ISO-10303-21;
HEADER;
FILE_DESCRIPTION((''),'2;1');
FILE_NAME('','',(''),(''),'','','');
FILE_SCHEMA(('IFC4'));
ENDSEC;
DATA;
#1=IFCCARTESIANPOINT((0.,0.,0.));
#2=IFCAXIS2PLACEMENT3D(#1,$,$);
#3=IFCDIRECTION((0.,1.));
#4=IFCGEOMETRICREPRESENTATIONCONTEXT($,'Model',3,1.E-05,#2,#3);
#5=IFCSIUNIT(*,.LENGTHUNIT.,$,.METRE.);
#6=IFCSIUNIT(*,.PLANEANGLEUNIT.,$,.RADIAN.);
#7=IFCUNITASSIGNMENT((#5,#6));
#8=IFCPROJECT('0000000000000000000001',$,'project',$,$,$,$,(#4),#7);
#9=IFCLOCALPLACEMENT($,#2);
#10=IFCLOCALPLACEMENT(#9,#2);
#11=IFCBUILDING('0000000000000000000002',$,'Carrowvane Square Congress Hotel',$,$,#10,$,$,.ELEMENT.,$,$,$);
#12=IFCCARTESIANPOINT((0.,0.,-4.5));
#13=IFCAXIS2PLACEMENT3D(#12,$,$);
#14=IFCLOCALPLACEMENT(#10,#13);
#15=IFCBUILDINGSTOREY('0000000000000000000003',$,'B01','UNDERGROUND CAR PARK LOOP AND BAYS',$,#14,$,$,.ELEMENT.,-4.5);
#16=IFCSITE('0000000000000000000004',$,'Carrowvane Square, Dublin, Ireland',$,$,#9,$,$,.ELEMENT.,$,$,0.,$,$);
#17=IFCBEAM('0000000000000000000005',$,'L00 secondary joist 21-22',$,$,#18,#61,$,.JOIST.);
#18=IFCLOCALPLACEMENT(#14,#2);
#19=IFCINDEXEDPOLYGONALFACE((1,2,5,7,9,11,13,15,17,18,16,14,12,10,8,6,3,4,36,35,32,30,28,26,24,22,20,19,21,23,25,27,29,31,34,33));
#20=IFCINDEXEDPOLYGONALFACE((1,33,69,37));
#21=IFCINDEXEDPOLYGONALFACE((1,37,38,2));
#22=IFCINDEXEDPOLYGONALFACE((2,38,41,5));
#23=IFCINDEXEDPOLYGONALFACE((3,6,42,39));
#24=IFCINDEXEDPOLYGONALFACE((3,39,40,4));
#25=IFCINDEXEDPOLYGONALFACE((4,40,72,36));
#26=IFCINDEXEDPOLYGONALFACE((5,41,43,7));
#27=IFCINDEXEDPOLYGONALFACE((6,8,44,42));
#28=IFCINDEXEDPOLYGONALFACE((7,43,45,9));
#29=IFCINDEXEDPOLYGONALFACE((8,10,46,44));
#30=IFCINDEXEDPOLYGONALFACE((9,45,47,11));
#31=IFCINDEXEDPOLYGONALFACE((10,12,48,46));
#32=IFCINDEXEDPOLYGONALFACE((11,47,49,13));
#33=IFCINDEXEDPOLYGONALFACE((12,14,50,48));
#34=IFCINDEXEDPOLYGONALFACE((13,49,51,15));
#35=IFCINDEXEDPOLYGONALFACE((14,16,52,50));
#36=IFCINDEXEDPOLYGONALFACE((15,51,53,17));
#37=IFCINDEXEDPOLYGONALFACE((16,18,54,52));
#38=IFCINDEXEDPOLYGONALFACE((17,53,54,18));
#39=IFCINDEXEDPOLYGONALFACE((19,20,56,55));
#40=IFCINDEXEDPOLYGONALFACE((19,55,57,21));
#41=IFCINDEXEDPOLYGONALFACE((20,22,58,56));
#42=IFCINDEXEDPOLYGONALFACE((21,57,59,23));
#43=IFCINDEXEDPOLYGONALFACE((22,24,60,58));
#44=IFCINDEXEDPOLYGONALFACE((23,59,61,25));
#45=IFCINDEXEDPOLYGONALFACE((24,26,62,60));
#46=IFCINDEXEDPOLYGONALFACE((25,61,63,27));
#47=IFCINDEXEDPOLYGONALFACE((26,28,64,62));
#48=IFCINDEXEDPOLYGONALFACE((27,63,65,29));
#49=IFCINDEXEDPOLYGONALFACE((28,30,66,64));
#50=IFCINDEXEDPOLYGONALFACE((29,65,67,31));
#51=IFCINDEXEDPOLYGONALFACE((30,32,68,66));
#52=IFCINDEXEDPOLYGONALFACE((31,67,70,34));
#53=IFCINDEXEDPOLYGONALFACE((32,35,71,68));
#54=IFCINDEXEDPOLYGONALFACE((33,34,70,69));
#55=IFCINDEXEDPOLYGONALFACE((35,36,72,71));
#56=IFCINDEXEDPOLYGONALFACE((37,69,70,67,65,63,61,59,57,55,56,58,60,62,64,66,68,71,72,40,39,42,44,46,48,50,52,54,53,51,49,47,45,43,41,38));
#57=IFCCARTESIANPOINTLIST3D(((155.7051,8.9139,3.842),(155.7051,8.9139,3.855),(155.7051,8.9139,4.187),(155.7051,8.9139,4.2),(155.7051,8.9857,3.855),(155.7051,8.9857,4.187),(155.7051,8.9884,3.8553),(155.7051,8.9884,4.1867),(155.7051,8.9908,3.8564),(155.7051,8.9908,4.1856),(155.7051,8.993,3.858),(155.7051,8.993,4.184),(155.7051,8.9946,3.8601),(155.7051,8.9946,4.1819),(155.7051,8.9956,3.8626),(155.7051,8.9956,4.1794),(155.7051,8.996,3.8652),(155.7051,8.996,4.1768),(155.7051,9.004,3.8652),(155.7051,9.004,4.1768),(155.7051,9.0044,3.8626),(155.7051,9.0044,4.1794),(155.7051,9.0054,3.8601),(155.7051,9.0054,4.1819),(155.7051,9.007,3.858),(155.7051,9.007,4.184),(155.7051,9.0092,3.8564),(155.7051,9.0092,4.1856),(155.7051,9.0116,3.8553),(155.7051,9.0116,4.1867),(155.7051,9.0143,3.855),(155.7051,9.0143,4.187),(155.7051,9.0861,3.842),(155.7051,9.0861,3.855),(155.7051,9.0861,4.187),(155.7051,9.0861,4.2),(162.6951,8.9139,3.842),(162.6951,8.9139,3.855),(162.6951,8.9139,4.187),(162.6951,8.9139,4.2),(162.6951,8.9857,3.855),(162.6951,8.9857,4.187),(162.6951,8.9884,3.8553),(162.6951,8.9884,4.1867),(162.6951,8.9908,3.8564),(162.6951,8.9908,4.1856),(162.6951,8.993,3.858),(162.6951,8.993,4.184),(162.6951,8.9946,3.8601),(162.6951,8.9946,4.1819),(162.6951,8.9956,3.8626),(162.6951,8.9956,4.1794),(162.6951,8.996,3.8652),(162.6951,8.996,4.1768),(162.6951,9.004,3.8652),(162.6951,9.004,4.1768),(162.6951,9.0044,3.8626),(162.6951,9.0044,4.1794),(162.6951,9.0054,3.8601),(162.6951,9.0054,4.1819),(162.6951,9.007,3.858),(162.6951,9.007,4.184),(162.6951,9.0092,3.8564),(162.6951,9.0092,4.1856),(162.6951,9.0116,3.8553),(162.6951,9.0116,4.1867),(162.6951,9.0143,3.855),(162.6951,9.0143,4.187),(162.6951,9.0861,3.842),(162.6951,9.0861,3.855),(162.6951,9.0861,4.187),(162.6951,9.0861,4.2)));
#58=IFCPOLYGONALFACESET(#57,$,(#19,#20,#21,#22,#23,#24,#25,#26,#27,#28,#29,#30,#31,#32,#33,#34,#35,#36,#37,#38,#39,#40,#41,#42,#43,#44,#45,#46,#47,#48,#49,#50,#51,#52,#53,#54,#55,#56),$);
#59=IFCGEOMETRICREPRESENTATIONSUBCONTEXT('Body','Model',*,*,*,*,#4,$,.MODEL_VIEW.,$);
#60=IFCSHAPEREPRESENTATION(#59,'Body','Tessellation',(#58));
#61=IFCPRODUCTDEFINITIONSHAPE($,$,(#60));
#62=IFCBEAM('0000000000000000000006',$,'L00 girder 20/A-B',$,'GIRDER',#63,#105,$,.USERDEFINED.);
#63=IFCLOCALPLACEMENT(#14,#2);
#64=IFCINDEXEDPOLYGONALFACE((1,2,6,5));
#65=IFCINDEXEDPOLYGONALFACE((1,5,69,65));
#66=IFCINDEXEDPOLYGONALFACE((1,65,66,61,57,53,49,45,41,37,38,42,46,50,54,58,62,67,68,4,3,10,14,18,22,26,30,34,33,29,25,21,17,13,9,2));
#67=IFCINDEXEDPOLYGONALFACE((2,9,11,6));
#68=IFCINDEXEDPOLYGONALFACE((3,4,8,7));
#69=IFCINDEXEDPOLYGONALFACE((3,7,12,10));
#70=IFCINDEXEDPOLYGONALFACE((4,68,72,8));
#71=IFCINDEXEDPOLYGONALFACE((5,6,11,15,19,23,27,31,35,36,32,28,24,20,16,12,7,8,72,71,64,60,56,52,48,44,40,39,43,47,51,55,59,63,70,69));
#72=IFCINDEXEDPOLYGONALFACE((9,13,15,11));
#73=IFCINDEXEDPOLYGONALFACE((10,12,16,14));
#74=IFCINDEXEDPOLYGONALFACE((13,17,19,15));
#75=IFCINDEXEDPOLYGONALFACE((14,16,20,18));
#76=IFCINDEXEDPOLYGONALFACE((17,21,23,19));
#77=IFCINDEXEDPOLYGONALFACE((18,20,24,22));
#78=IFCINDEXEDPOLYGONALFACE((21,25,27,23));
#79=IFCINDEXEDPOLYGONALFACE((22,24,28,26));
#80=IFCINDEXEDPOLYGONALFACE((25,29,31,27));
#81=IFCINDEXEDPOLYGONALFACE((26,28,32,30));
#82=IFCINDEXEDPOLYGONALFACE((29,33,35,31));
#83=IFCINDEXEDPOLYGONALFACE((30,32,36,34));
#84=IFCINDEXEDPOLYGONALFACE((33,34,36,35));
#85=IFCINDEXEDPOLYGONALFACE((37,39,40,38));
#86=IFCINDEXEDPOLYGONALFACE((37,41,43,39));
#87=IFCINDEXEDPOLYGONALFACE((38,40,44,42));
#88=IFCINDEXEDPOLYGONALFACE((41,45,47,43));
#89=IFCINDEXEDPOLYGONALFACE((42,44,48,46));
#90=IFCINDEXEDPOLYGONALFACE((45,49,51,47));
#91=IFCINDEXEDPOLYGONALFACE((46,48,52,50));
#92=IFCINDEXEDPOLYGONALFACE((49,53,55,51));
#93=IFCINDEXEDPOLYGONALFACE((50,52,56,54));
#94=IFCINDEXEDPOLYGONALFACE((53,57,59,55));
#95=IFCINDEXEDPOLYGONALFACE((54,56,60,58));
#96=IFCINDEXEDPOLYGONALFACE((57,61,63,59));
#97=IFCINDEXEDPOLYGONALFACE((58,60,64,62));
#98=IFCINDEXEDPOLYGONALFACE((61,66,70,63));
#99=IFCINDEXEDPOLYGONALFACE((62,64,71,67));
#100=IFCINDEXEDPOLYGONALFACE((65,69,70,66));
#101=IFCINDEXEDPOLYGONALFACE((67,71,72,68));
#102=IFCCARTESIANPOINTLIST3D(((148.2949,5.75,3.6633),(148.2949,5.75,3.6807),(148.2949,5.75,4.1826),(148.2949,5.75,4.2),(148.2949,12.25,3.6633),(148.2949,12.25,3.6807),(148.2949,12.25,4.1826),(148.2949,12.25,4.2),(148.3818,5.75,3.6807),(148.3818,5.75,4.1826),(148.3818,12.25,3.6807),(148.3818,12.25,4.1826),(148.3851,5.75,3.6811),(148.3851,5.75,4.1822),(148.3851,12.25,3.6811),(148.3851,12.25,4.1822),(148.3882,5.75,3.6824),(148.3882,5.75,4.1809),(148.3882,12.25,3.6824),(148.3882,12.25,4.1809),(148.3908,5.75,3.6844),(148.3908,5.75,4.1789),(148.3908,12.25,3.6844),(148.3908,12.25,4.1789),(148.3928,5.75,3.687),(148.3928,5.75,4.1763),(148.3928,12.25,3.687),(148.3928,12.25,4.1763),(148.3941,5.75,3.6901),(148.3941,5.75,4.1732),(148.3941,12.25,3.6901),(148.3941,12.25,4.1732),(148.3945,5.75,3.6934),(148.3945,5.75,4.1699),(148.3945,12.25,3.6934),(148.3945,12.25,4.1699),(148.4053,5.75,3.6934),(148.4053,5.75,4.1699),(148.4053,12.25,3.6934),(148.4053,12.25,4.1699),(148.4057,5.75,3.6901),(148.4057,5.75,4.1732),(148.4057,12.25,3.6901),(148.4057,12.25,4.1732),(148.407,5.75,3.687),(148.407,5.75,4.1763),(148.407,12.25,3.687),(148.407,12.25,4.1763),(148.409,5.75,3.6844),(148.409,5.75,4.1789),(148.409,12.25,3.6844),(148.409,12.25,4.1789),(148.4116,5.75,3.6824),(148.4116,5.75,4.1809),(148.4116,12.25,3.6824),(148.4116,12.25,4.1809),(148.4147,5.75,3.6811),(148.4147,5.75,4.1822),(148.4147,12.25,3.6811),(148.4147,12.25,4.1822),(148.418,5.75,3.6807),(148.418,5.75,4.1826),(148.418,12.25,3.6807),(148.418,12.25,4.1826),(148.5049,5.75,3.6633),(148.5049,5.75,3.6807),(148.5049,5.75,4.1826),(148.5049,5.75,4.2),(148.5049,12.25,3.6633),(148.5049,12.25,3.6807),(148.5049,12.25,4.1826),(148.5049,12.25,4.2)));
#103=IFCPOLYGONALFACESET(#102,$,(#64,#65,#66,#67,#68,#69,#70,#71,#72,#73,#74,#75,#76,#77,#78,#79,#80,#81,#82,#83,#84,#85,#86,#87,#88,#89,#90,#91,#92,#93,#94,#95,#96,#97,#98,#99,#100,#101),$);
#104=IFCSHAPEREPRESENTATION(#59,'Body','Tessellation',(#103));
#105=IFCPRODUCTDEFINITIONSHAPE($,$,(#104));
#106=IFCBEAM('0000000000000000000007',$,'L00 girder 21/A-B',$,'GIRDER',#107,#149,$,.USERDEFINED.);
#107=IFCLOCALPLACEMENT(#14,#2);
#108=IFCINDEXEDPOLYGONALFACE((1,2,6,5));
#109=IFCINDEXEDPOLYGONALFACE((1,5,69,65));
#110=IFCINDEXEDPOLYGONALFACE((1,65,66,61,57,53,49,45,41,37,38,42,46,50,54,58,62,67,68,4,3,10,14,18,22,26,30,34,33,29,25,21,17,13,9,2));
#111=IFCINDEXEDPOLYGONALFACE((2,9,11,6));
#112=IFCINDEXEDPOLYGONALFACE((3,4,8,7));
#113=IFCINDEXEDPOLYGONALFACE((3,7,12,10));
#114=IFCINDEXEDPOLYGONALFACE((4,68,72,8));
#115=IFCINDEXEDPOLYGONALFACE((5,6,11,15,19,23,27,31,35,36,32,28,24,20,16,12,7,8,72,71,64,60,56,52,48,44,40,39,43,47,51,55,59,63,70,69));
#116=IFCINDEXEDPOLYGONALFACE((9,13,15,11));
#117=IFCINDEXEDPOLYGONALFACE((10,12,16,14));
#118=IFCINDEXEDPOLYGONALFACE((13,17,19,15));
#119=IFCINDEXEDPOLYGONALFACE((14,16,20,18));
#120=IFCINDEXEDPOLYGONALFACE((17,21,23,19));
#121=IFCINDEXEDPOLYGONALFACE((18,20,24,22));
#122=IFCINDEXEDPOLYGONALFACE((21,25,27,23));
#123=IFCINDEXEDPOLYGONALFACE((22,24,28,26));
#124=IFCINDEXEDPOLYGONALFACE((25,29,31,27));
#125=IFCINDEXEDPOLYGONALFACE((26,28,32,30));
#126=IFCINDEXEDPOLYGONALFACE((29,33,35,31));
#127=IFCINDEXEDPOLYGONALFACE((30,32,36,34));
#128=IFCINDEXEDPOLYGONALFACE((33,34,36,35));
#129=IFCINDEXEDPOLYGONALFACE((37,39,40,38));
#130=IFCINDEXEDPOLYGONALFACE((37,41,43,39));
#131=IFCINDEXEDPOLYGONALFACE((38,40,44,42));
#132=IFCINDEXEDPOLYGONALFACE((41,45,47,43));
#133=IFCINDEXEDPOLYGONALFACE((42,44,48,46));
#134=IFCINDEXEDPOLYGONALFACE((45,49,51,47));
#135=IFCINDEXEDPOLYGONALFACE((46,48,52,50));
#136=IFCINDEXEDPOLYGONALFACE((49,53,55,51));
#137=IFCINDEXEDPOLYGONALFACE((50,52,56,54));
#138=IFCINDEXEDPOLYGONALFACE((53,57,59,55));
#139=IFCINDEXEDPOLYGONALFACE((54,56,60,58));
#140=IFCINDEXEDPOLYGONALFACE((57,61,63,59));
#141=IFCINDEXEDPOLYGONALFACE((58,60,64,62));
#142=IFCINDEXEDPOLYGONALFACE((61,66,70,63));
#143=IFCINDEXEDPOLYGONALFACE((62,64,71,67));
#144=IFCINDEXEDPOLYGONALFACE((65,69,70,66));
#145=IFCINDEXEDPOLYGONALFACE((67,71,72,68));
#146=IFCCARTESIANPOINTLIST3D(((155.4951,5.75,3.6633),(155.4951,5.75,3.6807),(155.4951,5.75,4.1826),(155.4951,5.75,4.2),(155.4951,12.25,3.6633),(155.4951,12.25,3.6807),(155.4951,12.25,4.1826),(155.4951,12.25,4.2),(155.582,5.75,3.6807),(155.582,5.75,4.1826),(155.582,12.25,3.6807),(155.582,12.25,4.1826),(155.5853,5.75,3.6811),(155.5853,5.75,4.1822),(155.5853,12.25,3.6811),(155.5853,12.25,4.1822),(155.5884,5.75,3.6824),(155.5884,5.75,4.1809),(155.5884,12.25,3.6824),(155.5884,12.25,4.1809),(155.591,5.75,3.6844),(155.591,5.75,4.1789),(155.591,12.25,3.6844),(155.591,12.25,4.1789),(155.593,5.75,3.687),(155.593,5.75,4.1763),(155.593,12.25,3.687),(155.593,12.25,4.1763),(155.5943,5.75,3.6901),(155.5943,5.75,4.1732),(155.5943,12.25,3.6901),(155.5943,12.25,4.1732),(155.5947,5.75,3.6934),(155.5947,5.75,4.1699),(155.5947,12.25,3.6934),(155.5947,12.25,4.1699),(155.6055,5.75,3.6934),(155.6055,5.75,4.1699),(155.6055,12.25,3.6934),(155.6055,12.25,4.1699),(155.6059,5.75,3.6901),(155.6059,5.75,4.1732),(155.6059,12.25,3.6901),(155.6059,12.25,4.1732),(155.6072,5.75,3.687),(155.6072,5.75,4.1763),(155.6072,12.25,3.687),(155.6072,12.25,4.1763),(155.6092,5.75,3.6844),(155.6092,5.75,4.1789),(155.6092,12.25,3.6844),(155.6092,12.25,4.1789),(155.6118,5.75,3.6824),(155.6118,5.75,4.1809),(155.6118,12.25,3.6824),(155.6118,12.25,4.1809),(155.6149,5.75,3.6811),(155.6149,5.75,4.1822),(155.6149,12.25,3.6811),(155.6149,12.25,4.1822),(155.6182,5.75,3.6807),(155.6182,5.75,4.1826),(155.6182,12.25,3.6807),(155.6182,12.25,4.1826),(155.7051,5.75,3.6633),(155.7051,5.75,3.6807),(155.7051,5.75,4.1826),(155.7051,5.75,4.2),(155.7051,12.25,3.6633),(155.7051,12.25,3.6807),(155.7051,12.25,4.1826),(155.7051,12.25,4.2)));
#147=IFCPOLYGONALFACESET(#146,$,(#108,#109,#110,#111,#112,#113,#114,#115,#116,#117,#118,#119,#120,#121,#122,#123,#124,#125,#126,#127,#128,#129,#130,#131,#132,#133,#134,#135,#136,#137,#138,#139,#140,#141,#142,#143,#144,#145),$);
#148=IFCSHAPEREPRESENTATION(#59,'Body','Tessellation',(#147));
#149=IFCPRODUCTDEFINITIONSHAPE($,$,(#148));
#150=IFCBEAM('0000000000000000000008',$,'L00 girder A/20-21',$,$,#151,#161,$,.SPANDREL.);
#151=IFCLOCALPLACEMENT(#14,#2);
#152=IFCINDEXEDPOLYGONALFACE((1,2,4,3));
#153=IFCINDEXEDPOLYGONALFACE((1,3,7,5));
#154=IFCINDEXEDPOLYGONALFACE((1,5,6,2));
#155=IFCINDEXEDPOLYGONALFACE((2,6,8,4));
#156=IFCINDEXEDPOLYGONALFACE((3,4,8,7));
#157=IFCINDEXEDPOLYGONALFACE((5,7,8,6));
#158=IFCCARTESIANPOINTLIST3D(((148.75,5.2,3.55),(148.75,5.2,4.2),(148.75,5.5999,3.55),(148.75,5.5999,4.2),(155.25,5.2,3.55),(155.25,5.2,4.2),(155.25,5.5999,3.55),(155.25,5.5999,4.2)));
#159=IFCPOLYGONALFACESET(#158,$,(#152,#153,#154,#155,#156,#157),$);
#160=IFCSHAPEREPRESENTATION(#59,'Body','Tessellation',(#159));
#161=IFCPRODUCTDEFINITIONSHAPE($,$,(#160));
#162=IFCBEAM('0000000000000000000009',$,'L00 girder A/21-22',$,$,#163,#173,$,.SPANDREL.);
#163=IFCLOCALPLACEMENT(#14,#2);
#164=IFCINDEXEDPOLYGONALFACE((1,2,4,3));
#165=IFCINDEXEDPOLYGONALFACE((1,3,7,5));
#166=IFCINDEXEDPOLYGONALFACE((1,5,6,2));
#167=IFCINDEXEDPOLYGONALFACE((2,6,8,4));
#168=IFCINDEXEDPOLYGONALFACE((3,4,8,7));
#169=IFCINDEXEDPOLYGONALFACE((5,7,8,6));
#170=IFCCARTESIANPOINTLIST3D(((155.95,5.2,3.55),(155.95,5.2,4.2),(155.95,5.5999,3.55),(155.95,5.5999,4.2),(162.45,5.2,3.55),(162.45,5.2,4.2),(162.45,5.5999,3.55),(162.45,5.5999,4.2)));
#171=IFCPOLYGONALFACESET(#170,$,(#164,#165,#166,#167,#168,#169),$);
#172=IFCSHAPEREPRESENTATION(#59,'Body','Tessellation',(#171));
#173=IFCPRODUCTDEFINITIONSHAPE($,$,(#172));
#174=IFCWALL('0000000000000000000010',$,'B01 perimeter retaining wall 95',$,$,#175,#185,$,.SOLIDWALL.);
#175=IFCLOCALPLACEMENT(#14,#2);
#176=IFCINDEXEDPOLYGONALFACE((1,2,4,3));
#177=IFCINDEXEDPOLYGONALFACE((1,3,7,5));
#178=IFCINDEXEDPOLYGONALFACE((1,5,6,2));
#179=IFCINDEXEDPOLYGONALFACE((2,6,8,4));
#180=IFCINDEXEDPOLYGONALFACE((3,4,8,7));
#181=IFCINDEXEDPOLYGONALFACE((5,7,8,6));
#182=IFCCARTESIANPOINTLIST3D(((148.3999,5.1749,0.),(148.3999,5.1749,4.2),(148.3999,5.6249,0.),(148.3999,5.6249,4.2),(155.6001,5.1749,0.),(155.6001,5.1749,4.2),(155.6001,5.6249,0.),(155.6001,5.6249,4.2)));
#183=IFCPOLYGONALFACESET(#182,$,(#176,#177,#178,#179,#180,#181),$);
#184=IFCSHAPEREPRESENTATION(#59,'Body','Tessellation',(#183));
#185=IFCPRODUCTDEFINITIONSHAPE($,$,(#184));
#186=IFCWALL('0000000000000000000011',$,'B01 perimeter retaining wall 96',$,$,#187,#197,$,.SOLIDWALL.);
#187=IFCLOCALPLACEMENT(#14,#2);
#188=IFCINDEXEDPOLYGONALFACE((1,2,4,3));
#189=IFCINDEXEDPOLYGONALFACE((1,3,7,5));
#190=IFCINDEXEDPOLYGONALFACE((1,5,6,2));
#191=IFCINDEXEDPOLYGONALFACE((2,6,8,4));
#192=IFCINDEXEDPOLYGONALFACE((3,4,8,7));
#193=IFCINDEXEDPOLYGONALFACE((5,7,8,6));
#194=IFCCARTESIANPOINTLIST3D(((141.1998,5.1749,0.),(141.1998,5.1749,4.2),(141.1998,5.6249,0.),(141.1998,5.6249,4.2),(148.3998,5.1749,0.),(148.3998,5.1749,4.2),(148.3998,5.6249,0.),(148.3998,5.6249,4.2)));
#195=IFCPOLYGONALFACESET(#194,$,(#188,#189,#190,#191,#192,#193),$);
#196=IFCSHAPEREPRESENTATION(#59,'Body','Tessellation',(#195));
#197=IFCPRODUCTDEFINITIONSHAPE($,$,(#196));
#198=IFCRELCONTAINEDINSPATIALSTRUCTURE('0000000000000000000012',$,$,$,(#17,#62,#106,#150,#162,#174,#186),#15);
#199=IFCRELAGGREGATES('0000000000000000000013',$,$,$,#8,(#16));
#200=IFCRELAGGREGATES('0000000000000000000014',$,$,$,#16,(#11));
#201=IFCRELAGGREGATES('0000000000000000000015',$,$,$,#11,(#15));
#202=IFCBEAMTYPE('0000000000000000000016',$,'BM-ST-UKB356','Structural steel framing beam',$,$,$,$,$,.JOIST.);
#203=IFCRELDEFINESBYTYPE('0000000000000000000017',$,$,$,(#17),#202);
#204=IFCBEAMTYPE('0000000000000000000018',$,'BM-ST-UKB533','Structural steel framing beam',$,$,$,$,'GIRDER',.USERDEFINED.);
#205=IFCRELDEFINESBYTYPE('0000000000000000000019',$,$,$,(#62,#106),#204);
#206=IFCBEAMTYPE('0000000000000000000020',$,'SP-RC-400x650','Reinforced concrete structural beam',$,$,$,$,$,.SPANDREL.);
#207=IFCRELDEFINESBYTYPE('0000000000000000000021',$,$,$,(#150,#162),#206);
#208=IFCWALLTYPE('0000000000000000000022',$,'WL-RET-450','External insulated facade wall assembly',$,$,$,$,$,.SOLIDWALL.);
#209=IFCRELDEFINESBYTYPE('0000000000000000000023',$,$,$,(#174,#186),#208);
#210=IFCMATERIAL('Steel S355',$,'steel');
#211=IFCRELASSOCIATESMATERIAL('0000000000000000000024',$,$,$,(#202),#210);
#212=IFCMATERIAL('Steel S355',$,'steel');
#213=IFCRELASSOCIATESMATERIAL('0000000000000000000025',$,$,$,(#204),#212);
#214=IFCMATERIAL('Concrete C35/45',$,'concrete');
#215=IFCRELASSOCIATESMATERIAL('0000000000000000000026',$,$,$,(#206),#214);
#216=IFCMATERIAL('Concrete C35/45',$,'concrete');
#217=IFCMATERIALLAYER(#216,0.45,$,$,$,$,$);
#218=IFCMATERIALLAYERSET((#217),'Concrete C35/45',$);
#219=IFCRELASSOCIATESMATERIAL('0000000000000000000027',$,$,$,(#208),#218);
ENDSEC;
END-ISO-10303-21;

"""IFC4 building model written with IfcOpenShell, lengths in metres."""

from ifc_helpers import new_model, si_unit, direction, frame, frame_2d, origin, origin_2d, place, context, subcontext, project, spatial, rectangle, i_section, extrude, material, layer, layer_set, material_profile, profile_set, type_object, element, save


model = new_model("IFC4")

# Units and contexts
model_context = context("Model", 3, precision=1e-05, world=origin(), true_north=direction((0.0, 1.0)))
body_context = subcontext(model_context, "Body", "Model", "MODEL_VIEW")
ifc_project = project(units=[si_unit("LENGTHUNIT", "METRE"), si_unit("PLANEANGLEUNIT", "RADIAN")], contexts=[model_context])

# Site, building, storey
site_placement = place(None, origin())
site = spatial("IfcSite", under=ifc_project, at=site_placement, Name="Carrowvane Square, Dublin, Ireland", CompositionType="ELEMENT", RefElevation=0.0)
building_placement = place(site_placement, origin())
building = spatial("IfcBuilding", under=site, at=building_placement, Name="Carrowvane Square Congress Hotel", CompositionType="ELEMENT")
storey_placement = place(building_placement, frame((0.0, 0.0, -4.5)))
storey = spatial("IfcBuildingStorey", under=building, at=storey_placement, Name="B01", Description="UNDERGROUND CAR PARK LOOP AND BAYS", CompositionType="ELEMENT", Elevation=-4.5)

# Beams
ifc_material_1 = material(Name="Steel S355", Category="steel")
ifc_material_profile_1 = material_profile(ifc_material_1, i_section(OverallWidth=0.1721, OverallDepth=0.3579, WebThickness=0.0081, FlangeThickness=0.0129, FilletRadius=0.0103, at=origin_2d()), Name="UKB 356x171x57")
ifc_profile_set_1 = profile_set([ifc_material_profile_1], Name="Steel S355")
beam_type_1 = type_object("IfcBeamType", Name="BM-ST-UKB356", Description="Structural steel framing beam", PredefinedType="JOIST", material=ifc_profile_set_1)
beam_1_placement = place(storey_placement, frame((155.7051, 9.0, 4.021), z_axis=(1.0, 0.0, 0.0), x_axis=(0.0, 1.0, 0.0)))
element("IfcBeam", 1, at=beam_1_placement, inside=storey, type_object=beam_type_1, Name="L00 secondary joist 21-22", PredefinedType="JOIST", context=body_context, shape_type="SweptSolid", body=[
    extrude(i_section(OverallWidth=0.1721, OverallDepth=0.3579, WebThickness=0.0081, FlangeThickness=0.0129, FilletRadius=0.0103, at=origin_2d()), origin(), (0.0, 0.0, 1.0), 6.99),
])
ifc_material_2 = material(Name="Steel S355", Category="steel")
ifc_material_profile_2 = material_profile(ifc_material_2, i_section(OverallWidth=0.21, OverallDepth=0.5366, WebThickness=0.0107, FlangeThickness=0.0173, FilletRadius=0.0127, at=origin_2d()), Name="UKB 533x210x101")
ifc_profile_set_2 = profile_set([ifc_material_profile_2], Name="Steel S355")
beam_type_2 = type_object("IfcBeamType", Name="BM-ST-UKB533", Description="Structural steel framing beam", ElementType="GIRDER", PredefinedType="USERDEFINED", material=ifc_profile_set_2)
for number, where, z_axis, x_axis, name in (
    (2, (148.3999, 5.75, 3.9316), (0.0, 1.0, 0.0), (-1.0, 0.0, 0.0), "L00 girder 20/A-B"),
    (3, (155.6001, 5.75, 3.9316), (0.0, 1.0, 0.0), (-1.0, 0.0, 0.0), "L00 girder 21/A-B"),
):
    element("IfcBeam", number, at=place(storey_placement, frame(where, z_axis=z_axis, x_axis=x_axis)), inside=storey, type_object=beam_type_2, Name=name, ObjectType="GIRDER", PredefinedType="USERDEFINED", context=body_context, shape_type="SweptSolid", body=[
        extrude(i_section(OverallWidth=0.21, OverallDepth=0.5366, WebThickness=0.0107, FlangeThickness=0.0173, FilletRadius=0.0127, at=origin_2d()), origin(), (0.0, 0.0, 1.0), 6.5),
    ])
ifc_material_3 = material(Name="Concrete C35/45", Category="concrete")
ifc_material_profile_3 = material_profile(ifc_material_3, rectangle(XDim=0.3999, YDim=0.6499, at=origin_2d()), Name="RC 400x650")
ifc_profile_set_3 = profile_set([ifc_material_profile_3], Name="Concrete C35/45")
beam_type_3 = type_object("IfcBeamType", Name="SP-RC-400x650", Description="Reinforced concrete structural beam", PredefinedType="SPANDREL", material=ifc_profile_set_3)
for number, where, z_axis, x_axis, name in (
    (4, (148.75, 5.3999, 3.875), (1.0, 0.0, 0.0), (0.0, 1.0, 0.0), "L00 girder A/20-21"),
    (5, (155.95, 5.3999, 3.875), (1.0, 0.0, 0.0), (0.0, 1.0, 0.0), "L00 girder A/21-22"),
):
    element("IfcBeam", number, at=place(storey_placement, frame(where, z_axis=z_axis, x_axis=x_axis)), inside=storey, type_object=beam_type_3, Name=name, PredefinedType="SPANDREL", context=body_context, shape_type="SweptSolid", body=[
        extrude(rectangle(XDim=0.3999, YDim=0.6499, at=origin_2d()), origin(), (0.0, 0.0, 1.0), 6.5),
    ])

# Walls
ifc_material_4 = material(Name="Concrete C35/45", Category="concrete")
ifc_layer = layer(ifc_material_4, 0.45)
ifc_layer_set = layer_set([ifc_layer], Name="Concrete C35/45")
wall_type = type_object("IfcWallType", Name="WL-RET-450", Description="External insulated facade wall assembly", PredefinedType="SOLIDWALL", material=ifc_layer_set)
wall_1_placement = place(storey_placement, frame((155.6001, 5.3999, 0.0), z_axis=(0.0, 0.0, 1.0), x_axis=(-1.0, 0.0, 0.0)))
element("IfcWall", 6, at=wall_1_placement, inside=storey, type_object=wall_type, Name="B01 perimeter retaining wall 95", PredefinedType="SOLIDWALL", context=body_context, shape_type="SweptSolid", body=[
    extrude(rectangle(XDim=7.2002, YDim=0.45, at=frame_2d((3.6001, 0.0))), origin(), (0.0, 0.0, 1.0), 4.2),
])
wall_2_placement = place(storey_placement, frame((148.3999, 5.3999, 0.0), z_axis=(0.0, 0.0, 1.0), x_axis=(-1.0, 0.0, 0.0)))
element("IfcWall", 7, at=wall_2_placement, inside=storey, type_object=wall_type, Name="B01 perimeter retaining wall 96", PredefinedType="SOLIDWALL", context=body_context, shape_type="SweptSolid", body=[
    extrude(rectangle(XDim=7.2, YDim=0.45, at=frame_2d((3.6001, 0.0))), origin(), (0.0, 0.0, 1.0), 4.2),
])

save(model, "model.ifc")
